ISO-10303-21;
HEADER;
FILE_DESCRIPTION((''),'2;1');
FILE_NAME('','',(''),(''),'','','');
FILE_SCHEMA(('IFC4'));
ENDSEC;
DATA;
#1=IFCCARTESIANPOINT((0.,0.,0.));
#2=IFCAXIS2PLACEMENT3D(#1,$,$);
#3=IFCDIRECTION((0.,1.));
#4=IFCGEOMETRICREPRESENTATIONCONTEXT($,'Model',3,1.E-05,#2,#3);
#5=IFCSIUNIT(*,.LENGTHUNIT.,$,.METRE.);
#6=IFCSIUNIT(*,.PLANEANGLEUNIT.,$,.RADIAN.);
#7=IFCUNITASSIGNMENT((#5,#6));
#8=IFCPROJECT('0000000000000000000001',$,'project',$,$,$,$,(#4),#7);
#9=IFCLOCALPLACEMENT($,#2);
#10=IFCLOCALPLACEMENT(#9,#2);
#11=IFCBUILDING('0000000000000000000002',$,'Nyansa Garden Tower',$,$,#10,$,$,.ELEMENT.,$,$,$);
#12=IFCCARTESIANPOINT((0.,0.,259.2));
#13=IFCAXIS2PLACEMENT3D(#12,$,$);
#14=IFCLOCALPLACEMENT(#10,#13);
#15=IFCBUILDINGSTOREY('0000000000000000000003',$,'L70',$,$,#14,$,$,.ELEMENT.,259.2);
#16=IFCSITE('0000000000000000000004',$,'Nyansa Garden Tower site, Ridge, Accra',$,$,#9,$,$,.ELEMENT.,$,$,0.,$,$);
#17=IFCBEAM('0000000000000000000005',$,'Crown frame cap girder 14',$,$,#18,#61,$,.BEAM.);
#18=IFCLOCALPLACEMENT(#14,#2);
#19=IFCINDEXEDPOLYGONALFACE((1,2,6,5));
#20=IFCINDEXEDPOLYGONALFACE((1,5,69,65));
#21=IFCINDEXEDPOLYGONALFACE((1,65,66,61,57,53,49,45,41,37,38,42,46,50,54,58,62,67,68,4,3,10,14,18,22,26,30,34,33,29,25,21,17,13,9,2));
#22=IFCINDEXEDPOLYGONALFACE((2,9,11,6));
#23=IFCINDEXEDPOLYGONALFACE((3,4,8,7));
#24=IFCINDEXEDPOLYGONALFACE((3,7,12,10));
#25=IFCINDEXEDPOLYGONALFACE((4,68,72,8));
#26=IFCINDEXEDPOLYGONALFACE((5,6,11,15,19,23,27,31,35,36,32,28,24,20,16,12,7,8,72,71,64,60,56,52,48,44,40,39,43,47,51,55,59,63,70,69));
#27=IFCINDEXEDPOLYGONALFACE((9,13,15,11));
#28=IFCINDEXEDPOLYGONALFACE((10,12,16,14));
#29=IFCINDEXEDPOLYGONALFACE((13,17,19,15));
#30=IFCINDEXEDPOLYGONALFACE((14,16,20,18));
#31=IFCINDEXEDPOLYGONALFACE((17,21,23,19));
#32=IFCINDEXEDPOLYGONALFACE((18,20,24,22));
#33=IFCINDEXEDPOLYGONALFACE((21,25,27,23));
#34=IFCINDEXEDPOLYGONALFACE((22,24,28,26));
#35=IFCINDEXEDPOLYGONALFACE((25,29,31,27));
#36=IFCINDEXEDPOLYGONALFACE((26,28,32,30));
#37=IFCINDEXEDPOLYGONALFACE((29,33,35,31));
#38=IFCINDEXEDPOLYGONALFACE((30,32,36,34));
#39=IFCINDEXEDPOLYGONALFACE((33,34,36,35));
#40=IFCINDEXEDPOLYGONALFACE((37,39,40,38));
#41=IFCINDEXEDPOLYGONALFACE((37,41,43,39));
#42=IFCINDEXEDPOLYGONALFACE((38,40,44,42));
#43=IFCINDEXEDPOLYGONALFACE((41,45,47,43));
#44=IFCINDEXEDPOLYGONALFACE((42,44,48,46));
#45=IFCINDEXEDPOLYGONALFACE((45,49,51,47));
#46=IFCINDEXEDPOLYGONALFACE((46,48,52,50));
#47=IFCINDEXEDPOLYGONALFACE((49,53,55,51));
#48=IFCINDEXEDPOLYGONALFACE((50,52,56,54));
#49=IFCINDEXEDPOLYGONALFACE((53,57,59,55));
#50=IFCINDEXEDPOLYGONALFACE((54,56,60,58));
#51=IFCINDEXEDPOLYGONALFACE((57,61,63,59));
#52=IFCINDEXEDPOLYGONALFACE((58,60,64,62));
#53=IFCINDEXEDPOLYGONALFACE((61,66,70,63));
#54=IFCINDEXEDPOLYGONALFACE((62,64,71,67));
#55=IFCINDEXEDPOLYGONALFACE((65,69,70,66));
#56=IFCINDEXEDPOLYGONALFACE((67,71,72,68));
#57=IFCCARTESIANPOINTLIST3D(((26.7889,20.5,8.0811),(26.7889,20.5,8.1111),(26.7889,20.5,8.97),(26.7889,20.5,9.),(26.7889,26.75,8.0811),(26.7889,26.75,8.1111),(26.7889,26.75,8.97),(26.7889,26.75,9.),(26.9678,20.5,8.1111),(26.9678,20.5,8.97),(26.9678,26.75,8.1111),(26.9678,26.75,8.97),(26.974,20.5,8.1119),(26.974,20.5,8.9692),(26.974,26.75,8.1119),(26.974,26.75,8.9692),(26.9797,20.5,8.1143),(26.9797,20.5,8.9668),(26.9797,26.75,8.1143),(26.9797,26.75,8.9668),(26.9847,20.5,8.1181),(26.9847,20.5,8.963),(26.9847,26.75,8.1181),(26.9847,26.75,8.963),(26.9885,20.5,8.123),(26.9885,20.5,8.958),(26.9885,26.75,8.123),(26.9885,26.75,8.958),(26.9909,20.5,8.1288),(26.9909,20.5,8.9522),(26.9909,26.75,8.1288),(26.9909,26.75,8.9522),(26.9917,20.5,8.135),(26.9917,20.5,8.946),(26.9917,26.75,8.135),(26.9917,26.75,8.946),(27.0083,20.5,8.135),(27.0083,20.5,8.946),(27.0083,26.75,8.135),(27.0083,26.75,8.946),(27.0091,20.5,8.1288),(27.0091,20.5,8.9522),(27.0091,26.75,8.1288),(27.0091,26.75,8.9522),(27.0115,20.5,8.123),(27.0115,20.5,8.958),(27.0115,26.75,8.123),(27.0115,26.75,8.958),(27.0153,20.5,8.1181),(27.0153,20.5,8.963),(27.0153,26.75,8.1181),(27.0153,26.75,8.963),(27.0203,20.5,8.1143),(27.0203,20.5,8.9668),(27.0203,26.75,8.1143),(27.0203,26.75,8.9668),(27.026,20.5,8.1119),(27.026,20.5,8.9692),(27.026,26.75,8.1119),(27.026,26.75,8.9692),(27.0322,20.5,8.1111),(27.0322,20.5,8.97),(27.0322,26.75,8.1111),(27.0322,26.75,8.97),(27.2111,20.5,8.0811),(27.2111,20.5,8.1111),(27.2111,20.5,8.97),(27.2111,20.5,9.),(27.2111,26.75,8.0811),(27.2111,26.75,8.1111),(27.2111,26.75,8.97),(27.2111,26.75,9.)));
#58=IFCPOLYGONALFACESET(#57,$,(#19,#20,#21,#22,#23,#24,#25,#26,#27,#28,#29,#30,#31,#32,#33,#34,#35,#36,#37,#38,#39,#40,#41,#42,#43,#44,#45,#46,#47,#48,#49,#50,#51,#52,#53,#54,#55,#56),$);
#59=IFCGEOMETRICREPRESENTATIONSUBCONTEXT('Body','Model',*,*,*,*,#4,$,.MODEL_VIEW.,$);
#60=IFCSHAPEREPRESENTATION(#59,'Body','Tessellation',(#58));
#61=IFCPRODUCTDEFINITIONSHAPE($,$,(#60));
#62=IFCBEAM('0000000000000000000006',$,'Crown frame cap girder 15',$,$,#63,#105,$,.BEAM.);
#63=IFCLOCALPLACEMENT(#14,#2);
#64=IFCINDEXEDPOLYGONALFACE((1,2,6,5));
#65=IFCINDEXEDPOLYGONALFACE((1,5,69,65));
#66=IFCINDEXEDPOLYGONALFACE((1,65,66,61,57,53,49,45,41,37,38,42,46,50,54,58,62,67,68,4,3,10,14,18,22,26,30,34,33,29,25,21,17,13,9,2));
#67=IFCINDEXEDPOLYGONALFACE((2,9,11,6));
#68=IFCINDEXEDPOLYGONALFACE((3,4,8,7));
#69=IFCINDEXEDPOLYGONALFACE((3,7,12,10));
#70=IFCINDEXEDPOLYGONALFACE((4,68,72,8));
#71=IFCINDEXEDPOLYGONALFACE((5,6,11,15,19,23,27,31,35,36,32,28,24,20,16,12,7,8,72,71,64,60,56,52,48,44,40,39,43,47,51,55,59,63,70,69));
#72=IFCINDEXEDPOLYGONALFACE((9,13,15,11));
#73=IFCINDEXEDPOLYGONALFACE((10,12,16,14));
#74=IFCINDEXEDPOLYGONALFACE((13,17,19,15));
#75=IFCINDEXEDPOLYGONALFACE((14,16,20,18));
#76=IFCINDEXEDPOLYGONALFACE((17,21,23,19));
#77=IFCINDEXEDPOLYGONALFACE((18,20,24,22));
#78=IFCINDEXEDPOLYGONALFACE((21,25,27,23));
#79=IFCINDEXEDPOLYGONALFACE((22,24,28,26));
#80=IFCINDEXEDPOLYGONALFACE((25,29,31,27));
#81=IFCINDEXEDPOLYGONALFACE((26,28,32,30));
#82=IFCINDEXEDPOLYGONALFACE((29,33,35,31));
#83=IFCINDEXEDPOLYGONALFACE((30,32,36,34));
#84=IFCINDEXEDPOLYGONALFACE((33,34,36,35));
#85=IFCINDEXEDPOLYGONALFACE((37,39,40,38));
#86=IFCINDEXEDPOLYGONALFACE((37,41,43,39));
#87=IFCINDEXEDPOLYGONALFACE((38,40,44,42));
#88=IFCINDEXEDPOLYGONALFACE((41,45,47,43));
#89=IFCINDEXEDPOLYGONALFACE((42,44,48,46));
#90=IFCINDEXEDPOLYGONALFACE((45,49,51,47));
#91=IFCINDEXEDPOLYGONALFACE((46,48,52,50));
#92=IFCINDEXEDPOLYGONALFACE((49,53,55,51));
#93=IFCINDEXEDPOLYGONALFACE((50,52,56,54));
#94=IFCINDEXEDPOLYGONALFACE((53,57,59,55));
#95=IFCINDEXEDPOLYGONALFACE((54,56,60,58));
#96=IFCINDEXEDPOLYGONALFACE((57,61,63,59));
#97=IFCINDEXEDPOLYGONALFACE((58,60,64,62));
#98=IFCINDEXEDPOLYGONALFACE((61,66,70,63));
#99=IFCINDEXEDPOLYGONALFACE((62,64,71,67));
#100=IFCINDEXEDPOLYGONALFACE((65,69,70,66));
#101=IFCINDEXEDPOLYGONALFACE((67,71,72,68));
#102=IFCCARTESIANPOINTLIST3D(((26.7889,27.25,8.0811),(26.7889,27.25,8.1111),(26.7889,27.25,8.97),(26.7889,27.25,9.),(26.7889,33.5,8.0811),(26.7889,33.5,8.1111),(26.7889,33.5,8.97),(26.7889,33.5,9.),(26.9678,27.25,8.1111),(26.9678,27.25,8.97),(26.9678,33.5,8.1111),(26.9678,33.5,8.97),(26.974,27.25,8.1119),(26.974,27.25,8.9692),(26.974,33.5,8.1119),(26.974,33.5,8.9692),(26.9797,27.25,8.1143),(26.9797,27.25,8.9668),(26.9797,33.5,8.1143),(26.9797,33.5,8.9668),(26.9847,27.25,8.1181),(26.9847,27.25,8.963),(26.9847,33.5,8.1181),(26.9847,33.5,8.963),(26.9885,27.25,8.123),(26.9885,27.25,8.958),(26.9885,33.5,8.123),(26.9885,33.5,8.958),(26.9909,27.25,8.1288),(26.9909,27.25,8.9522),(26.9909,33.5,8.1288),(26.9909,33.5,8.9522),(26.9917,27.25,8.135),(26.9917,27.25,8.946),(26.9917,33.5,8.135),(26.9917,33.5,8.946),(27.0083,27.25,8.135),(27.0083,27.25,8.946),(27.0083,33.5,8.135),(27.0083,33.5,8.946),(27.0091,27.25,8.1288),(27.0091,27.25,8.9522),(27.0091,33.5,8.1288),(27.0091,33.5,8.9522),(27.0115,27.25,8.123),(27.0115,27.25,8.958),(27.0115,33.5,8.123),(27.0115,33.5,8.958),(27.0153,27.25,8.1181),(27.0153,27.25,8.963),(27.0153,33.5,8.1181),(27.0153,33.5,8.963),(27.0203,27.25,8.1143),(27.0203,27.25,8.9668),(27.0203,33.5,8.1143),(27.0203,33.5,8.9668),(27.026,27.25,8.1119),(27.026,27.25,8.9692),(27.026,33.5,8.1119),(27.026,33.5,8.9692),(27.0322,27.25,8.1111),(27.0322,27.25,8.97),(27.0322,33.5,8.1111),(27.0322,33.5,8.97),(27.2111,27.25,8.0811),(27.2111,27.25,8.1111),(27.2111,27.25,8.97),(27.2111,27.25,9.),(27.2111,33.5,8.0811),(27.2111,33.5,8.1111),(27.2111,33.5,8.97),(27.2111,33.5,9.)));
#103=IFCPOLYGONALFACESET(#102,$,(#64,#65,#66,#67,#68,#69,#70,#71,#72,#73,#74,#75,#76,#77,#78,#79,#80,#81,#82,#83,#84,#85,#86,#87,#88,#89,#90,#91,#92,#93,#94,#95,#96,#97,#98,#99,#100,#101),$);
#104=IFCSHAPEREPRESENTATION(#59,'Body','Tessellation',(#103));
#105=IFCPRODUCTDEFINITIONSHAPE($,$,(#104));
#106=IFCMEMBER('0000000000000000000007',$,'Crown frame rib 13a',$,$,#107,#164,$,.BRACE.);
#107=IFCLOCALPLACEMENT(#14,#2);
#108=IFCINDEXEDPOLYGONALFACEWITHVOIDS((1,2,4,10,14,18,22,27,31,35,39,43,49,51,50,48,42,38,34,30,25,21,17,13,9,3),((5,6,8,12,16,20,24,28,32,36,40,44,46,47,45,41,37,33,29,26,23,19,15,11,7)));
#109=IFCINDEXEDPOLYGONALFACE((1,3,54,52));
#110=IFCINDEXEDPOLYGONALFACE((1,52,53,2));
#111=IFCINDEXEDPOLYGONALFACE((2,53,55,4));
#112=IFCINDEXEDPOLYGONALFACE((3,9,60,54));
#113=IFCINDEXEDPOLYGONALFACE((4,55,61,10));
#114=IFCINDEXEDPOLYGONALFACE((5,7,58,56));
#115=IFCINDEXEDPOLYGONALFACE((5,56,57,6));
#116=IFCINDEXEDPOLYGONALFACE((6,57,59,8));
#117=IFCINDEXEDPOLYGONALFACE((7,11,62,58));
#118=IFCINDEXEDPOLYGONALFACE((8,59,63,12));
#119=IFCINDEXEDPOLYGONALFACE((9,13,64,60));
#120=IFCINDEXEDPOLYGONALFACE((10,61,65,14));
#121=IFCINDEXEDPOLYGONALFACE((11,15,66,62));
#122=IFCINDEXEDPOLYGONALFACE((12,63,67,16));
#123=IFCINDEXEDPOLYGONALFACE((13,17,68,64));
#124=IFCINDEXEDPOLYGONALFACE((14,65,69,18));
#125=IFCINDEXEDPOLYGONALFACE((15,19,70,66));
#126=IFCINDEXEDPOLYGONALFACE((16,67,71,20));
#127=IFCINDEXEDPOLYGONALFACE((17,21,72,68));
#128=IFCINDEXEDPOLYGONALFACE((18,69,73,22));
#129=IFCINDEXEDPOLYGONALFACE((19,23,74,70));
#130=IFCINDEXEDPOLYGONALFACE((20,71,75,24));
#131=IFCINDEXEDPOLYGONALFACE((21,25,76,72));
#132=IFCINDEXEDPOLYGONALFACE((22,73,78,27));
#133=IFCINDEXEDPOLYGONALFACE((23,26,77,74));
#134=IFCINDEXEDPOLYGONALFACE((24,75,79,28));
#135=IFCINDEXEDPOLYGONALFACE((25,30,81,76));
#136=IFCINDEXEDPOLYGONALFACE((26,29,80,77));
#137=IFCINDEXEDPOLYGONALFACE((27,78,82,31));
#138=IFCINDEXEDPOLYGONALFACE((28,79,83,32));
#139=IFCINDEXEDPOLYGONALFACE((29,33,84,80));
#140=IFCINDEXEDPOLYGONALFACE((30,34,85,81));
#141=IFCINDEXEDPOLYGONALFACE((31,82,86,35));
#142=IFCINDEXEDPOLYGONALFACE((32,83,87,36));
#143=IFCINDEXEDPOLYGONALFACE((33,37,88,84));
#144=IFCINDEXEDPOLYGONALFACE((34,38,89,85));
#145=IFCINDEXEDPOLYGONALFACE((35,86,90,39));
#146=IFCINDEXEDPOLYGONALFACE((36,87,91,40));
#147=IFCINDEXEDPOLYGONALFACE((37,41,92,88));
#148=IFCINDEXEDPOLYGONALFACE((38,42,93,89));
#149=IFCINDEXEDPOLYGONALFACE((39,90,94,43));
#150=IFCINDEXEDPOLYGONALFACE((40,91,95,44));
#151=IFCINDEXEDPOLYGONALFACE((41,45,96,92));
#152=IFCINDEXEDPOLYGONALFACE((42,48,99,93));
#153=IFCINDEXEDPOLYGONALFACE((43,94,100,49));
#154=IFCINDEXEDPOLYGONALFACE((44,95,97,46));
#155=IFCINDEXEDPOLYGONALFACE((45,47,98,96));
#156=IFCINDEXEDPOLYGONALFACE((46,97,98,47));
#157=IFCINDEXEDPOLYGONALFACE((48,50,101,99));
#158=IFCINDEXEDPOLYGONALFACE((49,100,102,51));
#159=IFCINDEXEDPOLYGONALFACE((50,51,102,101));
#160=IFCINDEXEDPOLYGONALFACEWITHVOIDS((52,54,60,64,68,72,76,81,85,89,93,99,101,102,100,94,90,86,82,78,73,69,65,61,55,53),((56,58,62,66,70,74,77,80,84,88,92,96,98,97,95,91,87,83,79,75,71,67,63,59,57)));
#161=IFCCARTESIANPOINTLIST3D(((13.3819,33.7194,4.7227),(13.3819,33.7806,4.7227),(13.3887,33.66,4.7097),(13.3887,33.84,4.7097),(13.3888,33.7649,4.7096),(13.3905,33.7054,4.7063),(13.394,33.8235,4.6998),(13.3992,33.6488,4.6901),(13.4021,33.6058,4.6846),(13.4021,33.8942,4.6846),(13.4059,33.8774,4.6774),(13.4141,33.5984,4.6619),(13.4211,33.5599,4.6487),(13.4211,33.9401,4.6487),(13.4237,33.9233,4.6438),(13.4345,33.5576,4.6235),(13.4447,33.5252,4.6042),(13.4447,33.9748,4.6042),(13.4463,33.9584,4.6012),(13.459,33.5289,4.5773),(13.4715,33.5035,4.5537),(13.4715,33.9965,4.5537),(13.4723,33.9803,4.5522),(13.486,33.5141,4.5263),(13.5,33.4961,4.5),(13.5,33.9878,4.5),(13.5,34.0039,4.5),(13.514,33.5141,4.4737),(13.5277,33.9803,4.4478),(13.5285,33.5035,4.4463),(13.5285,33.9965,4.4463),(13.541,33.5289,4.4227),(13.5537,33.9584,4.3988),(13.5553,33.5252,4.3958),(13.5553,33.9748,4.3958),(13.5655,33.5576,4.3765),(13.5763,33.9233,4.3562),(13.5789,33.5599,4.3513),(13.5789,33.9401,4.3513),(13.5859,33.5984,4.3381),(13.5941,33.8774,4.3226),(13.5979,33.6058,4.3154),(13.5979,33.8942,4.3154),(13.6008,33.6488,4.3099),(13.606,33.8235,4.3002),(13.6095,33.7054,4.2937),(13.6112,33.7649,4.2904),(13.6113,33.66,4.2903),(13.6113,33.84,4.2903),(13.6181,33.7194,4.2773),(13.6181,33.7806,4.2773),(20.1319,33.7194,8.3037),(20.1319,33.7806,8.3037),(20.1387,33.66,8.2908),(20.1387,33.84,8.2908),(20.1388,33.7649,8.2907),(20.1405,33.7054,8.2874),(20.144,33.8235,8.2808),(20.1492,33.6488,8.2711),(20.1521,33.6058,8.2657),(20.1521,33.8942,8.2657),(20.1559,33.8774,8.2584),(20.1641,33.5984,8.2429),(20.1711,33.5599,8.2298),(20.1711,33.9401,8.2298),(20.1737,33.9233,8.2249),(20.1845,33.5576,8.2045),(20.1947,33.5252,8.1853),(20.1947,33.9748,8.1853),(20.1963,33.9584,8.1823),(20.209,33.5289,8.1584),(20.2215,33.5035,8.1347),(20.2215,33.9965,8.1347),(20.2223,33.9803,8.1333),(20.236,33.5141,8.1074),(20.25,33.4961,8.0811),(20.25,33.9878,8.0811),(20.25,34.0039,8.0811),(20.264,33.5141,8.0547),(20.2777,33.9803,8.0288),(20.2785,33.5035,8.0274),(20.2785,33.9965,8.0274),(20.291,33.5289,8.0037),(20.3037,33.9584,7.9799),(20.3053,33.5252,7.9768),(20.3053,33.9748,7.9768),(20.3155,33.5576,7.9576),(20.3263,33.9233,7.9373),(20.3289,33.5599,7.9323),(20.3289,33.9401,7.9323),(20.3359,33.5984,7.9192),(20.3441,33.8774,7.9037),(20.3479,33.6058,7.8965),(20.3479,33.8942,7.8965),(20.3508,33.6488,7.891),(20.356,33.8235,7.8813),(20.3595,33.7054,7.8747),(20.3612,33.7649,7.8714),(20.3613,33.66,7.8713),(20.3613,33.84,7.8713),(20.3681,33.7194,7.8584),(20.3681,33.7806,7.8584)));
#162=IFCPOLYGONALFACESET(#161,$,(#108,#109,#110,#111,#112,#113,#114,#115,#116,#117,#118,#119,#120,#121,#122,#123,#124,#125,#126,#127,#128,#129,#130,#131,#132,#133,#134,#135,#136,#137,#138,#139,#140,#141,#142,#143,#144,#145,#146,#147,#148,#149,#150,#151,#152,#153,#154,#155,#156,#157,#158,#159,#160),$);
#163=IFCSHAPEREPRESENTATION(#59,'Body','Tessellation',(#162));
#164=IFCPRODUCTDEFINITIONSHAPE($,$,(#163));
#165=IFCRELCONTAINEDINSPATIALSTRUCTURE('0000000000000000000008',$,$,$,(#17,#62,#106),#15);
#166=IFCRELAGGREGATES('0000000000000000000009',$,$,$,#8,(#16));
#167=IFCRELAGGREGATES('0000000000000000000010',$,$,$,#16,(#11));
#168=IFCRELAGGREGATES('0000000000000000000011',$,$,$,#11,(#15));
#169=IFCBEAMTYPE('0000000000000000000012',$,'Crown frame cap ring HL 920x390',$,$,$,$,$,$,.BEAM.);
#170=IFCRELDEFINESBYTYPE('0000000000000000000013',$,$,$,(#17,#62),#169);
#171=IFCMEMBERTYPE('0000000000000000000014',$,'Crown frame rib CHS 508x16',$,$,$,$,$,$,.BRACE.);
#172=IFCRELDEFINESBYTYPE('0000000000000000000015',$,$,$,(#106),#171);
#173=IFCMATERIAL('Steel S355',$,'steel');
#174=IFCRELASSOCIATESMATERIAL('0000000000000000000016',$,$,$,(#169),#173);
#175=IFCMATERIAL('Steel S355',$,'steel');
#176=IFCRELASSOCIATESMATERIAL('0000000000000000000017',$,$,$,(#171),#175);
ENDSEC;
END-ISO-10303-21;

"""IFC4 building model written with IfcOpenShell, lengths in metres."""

from ifc_helpers import new_model, si_unit, direction, frame, origin, origin_2d, place, context, subcontext, project, spatial, hollow_circle, i_section, extrude, material, material_profile, profile_set, type_object, element, save


model = new_model("IFC4")

# Units and contexts
model_context = context("Model", 3, precision=1e-05, world=origin(), true_north=direction((0.0, 1.0)))
body_context = subcontext(model_context, "Body", "Model", "MODEL_VIEW")
ifc_project = project(units=[si_unit("LENGTHUNIT", "METRE"), si_unit("PLANEANGLEUNIT", "RADIAN")], contexts=[model_context])

# Site, building, storey
site_placement = place(None, origin())
site = spatial("IfcSite", under=ifc_project, at=site_placement, Name="Nyansa Garden Tower site, Ridge, Accra", CompositionType="ELEMENT", RefElevation=0.0)
building_placement = place(site_placement, origin())
building = spatial("IfcBuilding", under=site, at=building_placement, Name="Nyansa Garden Tower", CompositionType="ELEMENT")
storey_placement = place(building_placement, frame((0.0, 0.0, 259.2)))
storey = spatial("IfcBuildingStorey", under=building, at=storey_placement, Name="L70", CompositionType="ELEMENT", Elevation=259.2)

# Beams
ifc_material_1 = material(Name="Steel S355", Category="steel")
ifc_material_profile_1 = material_profile(ifc_material_1, i_section(OverallWidth=0.4221, OverallDepth=0.9189, WebThickness=0.0166, FlangeThickness=0.03, FilletRadius=0.0239, at=origin_2d()), Name="HL 920x390")
ifc_profile_set_1 = profile_set([ifc_material_profile_1], Name="Steel S355")
beam_type_1 = type_object("IfcBeamType", Name="Crown frame cap ring HL 920x390", PredefinedType="BEAM", material=ifc_profile_set_1)
for number, where, z_axis, x_axis, name in (
    (1, (27.0, 20.5, 8.5405), (0.0, 1.0, 0.0), (-1.0, 0.0, 0.0), "Crown frame cap girder 14"),
    (2, (27.0, 27.25, 8.5405), (0.0, 1.0, 0.0), (-1.0, 0.0, 0.0), "Crown frame cap girder 15"),
):
    element("IfcBeam", number, at=place(storey_placement, frame(where, z_axis=z_axis, x_axis=x_axis)), inside=storey, type_object=beam_type_1, Name=name, PredefinedType="BEAM", context=body_context, shape_type="SweptSolid", body=[
        extrude(i_section(OverallWidth=0.4221, OverallDepth=0.9189, WebThickness=0.0166, FlangeThickness=0.03, FilletRadius=0.0239, at=origin_2d()), origin(), (0.0, 0.0, 1.0), 6.25),
    ])

# Member
ifc_material_2 = material(Name="Steel S355", Category="steel")
ifc_material_profile_2 = material_profile(ifc_material_2, hollow_circle(Radius=0.2539, WallThickness=0.0161, at=origin_2d()), Name="CHS 508x16")
ifc_profile_set_2 = profile_set([ifc_material_profile_2], Name="Steel S355")
member_type = type_object("IfcMemberType", Name="Crown frame rib CHS 508x16", PredefinedType="BRACE", material=ifc_profile_set_2)
for number, where, z_axis, x_axis, name in (
    (3, (13.5, 33.75, 4.5), (0.88338, 0.0, 0.468657), (0.0, 1.0, 0.0), "Crown frame rib 13a"),
):
    element("IfcMember", number, at=place(storey_placement, frame(where, z_axis=z_axis, x_axis=x_axis)), inside=storey, type_object=member_type, Name=name, PredefinedType="BRACE", context=body_context, shape_type="SweptSolid", body=[
        extrude(hollow_circle(Radius=0.2539, WallThickness=0.0161, at=origin_2d()), origin(), (0.0, 0.0, 1.0), 7.6411),
    ])

save(model, "model.ifc")
